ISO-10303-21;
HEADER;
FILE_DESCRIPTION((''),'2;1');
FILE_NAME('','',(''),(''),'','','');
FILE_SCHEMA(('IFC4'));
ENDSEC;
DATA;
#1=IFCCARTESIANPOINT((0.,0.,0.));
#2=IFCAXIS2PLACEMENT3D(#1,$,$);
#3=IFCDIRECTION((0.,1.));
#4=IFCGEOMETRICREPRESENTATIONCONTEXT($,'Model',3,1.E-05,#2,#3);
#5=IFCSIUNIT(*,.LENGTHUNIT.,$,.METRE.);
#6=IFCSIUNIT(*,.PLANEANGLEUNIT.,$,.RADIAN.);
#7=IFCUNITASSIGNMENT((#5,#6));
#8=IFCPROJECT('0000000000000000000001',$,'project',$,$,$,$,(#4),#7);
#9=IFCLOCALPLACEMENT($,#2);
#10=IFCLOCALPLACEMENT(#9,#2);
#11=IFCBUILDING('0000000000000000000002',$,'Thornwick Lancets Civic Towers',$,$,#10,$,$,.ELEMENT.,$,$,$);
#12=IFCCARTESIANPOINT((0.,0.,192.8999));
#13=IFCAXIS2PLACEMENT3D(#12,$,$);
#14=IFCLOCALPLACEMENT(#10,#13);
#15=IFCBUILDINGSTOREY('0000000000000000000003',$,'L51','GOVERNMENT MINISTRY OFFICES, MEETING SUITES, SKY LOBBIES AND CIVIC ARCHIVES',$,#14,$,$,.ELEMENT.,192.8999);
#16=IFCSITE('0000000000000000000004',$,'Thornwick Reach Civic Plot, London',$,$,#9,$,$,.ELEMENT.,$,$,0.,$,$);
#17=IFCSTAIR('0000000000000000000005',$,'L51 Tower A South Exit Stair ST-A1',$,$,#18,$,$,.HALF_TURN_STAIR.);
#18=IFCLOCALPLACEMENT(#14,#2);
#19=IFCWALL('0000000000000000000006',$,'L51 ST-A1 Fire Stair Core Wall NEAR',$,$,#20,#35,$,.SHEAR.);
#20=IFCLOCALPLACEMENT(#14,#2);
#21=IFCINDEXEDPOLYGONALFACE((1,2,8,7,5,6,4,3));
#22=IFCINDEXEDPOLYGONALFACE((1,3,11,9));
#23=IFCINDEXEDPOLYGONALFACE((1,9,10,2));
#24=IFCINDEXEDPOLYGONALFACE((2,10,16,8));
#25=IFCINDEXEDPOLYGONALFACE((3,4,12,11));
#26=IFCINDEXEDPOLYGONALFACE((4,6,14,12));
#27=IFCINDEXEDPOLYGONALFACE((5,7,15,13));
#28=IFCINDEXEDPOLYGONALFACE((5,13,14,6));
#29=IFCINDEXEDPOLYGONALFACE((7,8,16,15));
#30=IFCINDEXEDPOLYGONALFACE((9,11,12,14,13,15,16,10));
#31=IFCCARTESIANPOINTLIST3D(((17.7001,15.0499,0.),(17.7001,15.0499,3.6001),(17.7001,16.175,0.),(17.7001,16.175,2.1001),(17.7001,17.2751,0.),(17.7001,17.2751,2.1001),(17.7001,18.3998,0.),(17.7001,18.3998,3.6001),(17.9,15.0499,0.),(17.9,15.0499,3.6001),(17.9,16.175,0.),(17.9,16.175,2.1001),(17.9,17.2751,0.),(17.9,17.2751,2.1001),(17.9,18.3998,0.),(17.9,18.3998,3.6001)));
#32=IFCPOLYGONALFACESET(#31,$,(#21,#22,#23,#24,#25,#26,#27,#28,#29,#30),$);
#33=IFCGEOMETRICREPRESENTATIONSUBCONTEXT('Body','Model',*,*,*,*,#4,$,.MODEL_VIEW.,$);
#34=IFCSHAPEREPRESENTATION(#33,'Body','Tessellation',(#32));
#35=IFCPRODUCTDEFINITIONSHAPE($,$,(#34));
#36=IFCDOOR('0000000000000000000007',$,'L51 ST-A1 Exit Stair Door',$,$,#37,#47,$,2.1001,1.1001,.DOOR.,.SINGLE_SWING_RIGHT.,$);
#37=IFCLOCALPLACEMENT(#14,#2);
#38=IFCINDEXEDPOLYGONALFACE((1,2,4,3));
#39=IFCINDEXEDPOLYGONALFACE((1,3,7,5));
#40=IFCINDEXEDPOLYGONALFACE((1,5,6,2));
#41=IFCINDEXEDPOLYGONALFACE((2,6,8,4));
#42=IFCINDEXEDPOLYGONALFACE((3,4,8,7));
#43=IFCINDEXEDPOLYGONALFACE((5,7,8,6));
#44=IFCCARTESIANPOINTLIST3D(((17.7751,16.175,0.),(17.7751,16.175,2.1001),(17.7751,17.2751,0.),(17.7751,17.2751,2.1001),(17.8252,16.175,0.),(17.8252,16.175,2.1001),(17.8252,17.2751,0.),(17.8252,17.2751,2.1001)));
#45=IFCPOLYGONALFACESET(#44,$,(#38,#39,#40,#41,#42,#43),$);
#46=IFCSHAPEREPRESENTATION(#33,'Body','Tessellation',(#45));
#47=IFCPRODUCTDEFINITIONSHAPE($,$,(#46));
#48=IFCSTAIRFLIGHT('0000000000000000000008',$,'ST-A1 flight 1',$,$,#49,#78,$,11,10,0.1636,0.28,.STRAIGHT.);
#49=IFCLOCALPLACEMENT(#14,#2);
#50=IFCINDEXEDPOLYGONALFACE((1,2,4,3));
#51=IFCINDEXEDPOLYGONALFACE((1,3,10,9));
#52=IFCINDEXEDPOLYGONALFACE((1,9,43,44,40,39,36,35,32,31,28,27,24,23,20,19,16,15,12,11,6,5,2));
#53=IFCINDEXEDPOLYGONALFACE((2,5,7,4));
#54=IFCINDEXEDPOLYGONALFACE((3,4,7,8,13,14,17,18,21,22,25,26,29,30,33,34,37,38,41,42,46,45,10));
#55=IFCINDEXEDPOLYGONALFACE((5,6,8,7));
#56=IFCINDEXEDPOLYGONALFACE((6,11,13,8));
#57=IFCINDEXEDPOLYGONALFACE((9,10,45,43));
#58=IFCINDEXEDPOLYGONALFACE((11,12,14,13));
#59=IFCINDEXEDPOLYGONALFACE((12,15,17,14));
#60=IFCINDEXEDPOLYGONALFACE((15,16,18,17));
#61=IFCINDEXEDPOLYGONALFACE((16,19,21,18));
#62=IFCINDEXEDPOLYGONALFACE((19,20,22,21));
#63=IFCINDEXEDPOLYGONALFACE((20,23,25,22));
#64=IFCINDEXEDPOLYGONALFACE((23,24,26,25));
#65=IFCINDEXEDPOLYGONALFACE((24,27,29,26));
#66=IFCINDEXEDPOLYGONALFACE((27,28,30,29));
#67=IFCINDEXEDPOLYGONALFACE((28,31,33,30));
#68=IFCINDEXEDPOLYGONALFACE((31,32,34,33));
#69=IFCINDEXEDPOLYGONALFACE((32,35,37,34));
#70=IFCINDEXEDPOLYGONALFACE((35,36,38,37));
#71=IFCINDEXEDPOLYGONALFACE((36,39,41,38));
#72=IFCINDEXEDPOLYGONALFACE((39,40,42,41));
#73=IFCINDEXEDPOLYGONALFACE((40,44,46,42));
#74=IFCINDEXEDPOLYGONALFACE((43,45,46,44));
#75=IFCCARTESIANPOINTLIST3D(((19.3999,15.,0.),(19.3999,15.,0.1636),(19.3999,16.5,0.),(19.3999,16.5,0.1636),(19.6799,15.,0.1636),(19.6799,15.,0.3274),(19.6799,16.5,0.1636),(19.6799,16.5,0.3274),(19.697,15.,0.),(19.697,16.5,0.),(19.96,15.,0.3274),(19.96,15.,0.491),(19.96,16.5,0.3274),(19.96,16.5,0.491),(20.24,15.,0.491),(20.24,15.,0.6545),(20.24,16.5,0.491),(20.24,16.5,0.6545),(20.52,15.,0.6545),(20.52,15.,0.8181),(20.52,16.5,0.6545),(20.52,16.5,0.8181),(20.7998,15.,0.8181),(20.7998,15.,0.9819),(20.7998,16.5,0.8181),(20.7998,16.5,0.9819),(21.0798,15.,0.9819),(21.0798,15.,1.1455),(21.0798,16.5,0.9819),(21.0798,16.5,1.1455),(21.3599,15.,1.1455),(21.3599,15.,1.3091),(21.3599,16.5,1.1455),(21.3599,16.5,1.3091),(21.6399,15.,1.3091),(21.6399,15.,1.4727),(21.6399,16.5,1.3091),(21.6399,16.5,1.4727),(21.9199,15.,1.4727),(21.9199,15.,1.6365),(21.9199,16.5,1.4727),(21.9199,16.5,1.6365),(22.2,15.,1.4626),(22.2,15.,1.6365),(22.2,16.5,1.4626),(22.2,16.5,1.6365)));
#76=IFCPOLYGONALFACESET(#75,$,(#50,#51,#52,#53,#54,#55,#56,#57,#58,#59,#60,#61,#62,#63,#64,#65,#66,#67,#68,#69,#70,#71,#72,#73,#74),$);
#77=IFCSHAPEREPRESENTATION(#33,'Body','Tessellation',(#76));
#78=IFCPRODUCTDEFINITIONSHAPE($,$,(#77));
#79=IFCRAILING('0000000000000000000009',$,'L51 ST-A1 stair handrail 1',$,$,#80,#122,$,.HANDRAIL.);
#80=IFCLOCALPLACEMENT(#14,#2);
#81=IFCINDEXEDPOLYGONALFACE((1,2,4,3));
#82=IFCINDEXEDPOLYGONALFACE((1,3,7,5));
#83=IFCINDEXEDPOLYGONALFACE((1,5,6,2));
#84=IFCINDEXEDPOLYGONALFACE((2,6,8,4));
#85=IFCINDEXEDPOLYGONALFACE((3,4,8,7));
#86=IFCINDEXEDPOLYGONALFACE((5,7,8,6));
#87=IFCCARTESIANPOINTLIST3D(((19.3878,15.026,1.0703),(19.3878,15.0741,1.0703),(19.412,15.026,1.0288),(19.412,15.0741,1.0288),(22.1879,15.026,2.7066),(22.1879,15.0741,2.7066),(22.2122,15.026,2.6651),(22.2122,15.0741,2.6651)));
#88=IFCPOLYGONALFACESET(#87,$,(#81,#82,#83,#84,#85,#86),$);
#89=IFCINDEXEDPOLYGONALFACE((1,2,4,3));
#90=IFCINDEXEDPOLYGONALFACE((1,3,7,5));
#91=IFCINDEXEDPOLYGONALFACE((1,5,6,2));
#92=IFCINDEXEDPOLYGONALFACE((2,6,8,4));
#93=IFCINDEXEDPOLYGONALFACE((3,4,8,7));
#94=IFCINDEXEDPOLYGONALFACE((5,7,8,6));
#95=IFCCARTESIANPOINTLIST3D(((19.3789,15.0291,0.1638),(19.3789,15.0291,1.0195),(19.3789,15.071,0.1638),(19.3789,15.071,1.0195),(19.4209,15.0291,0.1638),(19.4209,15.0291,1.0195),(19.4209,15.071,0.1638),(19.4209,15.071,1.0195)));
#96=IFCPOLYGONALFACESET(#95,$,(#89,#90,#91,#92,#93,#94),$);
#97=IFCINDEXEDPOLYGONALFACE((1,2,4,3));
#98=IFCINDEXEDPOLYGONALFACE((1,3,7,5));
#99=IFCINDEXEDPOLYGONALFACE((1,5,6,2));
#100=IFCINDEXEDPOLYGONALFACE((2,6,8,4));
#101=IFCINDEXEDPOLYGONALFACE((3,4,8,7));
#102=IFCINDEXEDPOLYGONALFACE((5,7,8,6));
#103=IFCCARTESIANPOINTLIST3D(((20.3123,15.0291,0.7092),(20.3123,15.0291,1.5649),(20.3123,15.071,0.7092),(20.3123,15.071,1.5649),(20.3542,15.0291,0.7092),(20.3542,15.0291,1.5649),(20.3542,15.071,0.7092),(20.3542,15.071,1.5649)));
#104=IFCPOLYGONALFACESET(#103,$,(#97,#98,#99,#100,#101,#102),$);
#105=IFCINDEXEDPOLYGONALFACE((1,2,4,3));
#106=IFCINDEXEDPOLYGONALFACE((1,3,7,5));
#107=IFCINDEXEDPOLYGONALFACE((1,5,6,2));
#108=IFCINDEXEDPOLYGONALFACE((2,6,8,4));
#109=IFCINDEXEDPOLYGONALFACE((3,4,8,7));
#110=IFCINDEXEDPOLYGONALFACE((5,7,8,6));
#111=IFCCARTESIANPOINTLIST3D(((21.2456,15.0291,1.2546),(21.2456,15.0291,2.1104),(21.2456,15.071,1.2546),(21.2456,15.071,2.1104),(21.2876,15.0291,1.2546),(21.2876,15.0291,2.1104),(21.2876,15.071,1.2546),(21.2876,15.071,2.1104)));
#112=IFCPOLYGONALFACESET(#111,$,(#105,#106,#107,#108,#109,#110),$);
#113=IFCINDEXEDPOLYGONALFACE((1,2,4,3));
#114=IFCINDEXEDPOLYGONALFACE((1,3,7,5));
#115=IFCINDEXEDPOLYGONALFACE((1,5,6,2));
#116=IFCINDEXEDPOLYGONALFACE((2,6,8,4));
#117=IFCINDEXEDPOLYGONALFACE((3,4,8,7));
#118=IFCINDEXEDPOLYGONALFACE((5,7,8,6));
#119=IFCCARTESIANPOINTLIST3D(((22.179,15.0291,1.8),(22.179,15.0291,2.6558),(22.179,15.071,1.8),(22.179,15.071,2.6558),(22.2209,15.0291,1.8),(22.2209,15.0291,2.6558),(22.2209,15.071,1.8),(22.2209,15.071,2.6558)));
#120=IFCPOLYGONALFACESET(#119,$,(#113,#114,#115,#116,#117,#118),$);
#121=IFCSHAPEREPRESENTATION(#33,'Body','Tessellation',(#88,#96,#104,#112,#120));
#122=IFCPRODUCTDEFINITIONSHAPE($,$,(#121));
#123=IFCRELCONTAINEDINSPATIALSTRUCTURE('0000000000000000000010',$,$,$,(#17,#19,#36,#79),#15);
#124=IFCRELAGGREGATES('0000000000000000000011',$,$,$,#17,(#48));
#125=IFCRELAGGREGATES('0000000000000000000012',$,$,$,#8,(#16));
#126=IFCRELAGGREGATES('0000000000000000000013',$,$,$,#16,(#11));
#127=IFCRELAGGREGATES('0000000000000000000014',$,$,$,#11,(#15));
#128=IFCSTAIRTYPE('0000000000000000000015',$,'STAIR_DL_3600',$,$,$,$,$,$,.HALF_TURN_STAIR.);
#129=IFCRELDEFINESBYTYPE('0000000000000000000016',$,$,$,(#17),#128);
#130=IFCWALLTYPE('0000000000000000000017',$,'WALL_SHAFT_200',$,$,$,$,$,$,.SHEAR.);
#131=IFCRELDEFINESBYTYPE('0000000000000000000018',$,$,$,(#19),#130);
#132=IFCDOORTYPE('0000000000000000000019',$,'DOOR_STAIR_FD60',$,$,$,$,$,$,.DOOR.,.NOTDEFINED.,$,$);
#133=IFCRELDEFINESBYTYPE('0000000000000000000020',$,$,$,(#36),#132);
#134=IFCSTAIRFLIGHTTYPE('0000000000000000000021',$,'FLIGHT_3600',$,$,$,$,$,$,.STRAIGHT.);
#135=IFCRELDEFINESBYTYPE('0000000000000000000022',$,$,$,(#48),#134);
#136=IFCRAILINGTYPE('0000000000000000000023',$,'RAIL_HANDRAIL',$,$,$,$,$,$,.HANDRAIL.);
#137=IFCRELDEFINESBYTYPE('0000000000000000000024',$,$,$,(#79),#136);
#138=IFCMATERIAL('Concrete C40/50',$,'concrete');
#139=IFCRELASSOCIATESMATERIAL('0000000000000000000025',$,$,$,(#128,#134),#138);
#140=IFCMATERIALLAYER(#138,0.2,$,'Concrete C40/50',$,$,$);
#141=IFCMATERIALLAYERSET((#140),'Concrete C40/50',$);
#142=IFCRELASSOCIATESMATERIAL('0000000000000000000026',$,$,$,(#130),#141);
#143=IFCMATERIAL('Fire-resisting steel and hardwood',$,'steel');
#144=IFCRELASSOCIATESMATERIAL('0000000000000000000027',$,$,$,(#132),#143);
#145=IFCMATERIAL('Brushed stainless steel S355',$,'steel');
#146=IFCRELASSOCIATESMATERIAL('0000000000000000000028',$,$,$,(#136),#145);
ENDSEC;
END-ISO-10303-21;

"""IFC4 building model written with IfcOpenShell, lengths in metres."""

from ifc_helpers import new_model, si_unit, direction, frame, frame_2d, origin, origin_2d, place, context, subcontext, project, spatial, polyline, rectangle, outline, extrude, material, layer, layer_set, type_object, element, fill, aggregate, save


model = new_model("IFC4")

# Units and contexts
model_context = context("Model", 3, precision=1e-05, world=origin(), true_north=direction((0.0, 1.0)))
body_context = subcontext(model_context, "Body", "Model", "MODEL_VIEW")
ifc_project = project(units=[si_unit("LENGTHUNIT", "METRE"), si_unit("PLANEANGLEUNIT", "RADIAN")], contexts=[model_context])

# Site, building, storey
site_placement = place(None, origin())
site = spatial("IfcSite", under=ifc_project, at=site_placement, Name="Thornwick Reach Civic Plot, London", CompositionType="ELEMENT", RefElevation=0.0)
building_placement = place(site_placement, origin())
building = spatial("IfcBuilding", under=site, at=building_placement, Name="Thornwick Lancets Civic Towers", CompositionType="ELEMENT")
storey_placement = place(building_placement, frame((0.0, 0.0, 192.8999)))
storey = spatial("IfcBuildingStorey", under=building, at=storey_placement, Name="L51", Description="GOVERNMENT MINISTRY OFFICES, MEETING SUITES, SKY LOBBIES AND CIVIC ARCHIVES", CompositionType="ELEMENT", Elevation=192.8999)

# Stair
ifc_material_1 = material(Name="Concrete C40/50", Category="concrete")
stair_type = type_object("IfcStairType", Name="STAIR_DL_3600", PredefinedType="HALF_TURN_STAIR", material=ifc_material_1)
stair_1_placement = place(storey_placement, origin())
stair_1 = element("IfcStair", 1, at=stair_1_placement, inside=storey, type_object=stair_type, Name="L51 Tower A South Exit Stair ST-A1", PredefinedType="HALF_TURN_STAIR")

# Wall, opening, door
ifc_layer_1 = layer(ifc_material_1, 0.2, Name="Concrete C40/50")
ifc_layer_set_1 = layer_set([ifc_layer_1], Name="Concrete C40/50")
wall_type_1 = type_object("IfcWallType", Name="WALL_SHAFT_200", PredefinedType="SHEAR", material=ifc_layer_set_1)
wall_1_placement = place(storey_placement, frame((17.8, 15.05, 0.0), z_axis=(0.0, 0.0, 1.0), x_axis=(0.0, 1.0, 0.0)))
wall_1 = element("IfcWall", 2, at=wall_1_placement, inside=storey, type_object=wall_type_1, Name="L51 ST-A1 Fire Stair Core Wall NEAR", PredefinedType="SHEAR", context=body_context, shape_type="SweptSolid", body=[
    extrude(rectangle(XDim=3.3499, YDim=0.2, at=frame_2d((1.6748, 0.0))), origin(), (0.0, 0.0, 1.0), 3.6001),
])
opening_1_placement = place(wall_1_placement, frame((1.125, 0.0, 0.0)))
opening_1 = element("IfcOpeningElement", 3, at=opening_1_placement, cuts=wall_1, PredefinedType="OPENING", context=body_context, shape_type="SweptSolid", body=[
    extrude(rectangle(XDim=1.1001, YDim=2.1001, at=frame_2d((0.55, 1.05))), frame((0.0, 0.1099, 0.0), z_axis=(0.0, -1.0, 0.0), x_axis=(1.0, 0.0, 0.0)), (0.0, 0.0, 1.0), 0.22),
])
ifc_material_2 = material(Name="Fire-resisting steel and hardwood", Category="steel")
door_type = type_object("IfcDoorType", Name="DOOR_STAIR_FD60", OperationType="NOTDEFINED", PredefinedType="DOOR", material=ifc_material_2)
door_placement = place(opening_1_placement, origin())
door = element("IfcDoor", 4, at=door_placement, inside=storey, type_object=door_type, Name="L51 ST-A1 Exit Stair Door", OperationType="SINGLE_SWING_RIGHT", OverallHeight=2.1001, OverallWidth=1.1001, PredefinedType="DOOR", context=body_context, shape_type="SweptSolid", body=[
    extrude(rectangle(XDim=1.1001, YDim=2.1001, at=frame_2d((0.55, 1.05))), frame((0.0, 0.0249, 0.0), z_axis=(0.0, -1.0, 0.0), x_axis=(1.0, 0.0, 0.0)), (0.0, 0.0, 1.0), 0.05),
])
fill(opening_1, door)

# Stair flight
stair_flight_type = type_object("IfcStairFlightType", Name="FLIGHT_3600", PredefinedType="STRAIGHT", material=ifc_material_1)
stair_flight_placement = place(storey_placement, frame((19.3999, 15.75, 0.0), z_axis=(0.0, 0.0, 1.0), x_axis=(1.0, 0.0, 0.0)))
stair_flight = element("IfcStairFlight", 5, at=stair_flight_placement, type_object=stair_flight_type, Name="ST-A1 flight 1", NumberOfRisers=11, NumberOfTreads=10, PredefinedType="STRAIGHT", RiserHeight=0.1636, TreadLength=0.28, context=body_context, shape_type="SweptSolid", body=[
    extrude(outline(polyline([(0.0, 0.0), (0.0, 0.1636), (0.28, 0.1636), (0.28, 0.3274), (0.5601, 0.3274), (0.5601, 0.491), (0.8401, 0.491), (0.8401, 0.6545), (1.1201, 0.6545), (1.1201, 0.8181), (1.3999, 0.8181), (1.3999, 0.9819), (1.6799, 0.9819), (1.6799, 1.1455), (1.96, 1.1455), (1.96, 1.3091), (2.24, 1.3091), (2.24, 1.4727), (2.52, 1.4727), (2.52, 1.6365), (2.8, 1.6365), (2.8, 1.8), (2.8, 1.4626), (0.2971, 0.0), (0.0, 0.0)])), frame((0.0, 0.75, 0.0), z_axis=(0.0, -1.0, 0.0), x_axis=(1.0, 0.0, 0.0)), (0.0, 0.0, 1.0), 1.5),
])
aggregate(stair_1, [stair_flight])

# Railing
ifc_material_3 = material(Name="Brushed stainless steel S355", Category="steel")
railing_type = type_object("IfcRailingType", Name="RAIL_HANDRAIL", PredefinedType="HANDRAIL", material=ifc_material_3)
railing_placement = place(storey_placement, frame((19.3999, 15.05, 0.1638)))
element("IfcRailing", 6, at=railing_placement, inside=storey, type_object=railing_type, Name="L51 ST-A1 stair handrail 1", PredefinedType="HANDRAIL", context=body_context, shape_type="SweptSolid", body=[
    extrude(rectangle(XDim=0.0481, YDim=0.0481, at=origin_2d()), frame((0.0, 0.0, 0.8857), z_axis=(0.863394, 0.0, 0.504531), x_axis=(0.0, 1.0, 0.0)), (0.0, 0.0, 1.0), 3.2432),
    extrude(rectangle(XDim=0.042, YDim=0.042, at=origin_2d()), origin(), (0.0, 0.0, 1.0), 0.8557),
    extrude(rectangle(XDim=0.042, YDim=0.042, at=origin_2d()), frame((0.9333, 0.0, 0.5454)), (0.0, 0.0, 1.0), 0.8557),
    extrude(rectangle(XDim=0.042, YDim=0.042, at=origin_2d()), frame((1.8667, 0.0, 1.0908)), (0.0, 0.0, 1.0), 0.8557),
    extrude(rectangle(XDim=0.042, YDim=0.042, at=origin_2d()), frame((2.8, 0.0, 1.6362)), (0.0, 0.0, 1.0), 0.8557),
])

save(model, "model.ifc")
